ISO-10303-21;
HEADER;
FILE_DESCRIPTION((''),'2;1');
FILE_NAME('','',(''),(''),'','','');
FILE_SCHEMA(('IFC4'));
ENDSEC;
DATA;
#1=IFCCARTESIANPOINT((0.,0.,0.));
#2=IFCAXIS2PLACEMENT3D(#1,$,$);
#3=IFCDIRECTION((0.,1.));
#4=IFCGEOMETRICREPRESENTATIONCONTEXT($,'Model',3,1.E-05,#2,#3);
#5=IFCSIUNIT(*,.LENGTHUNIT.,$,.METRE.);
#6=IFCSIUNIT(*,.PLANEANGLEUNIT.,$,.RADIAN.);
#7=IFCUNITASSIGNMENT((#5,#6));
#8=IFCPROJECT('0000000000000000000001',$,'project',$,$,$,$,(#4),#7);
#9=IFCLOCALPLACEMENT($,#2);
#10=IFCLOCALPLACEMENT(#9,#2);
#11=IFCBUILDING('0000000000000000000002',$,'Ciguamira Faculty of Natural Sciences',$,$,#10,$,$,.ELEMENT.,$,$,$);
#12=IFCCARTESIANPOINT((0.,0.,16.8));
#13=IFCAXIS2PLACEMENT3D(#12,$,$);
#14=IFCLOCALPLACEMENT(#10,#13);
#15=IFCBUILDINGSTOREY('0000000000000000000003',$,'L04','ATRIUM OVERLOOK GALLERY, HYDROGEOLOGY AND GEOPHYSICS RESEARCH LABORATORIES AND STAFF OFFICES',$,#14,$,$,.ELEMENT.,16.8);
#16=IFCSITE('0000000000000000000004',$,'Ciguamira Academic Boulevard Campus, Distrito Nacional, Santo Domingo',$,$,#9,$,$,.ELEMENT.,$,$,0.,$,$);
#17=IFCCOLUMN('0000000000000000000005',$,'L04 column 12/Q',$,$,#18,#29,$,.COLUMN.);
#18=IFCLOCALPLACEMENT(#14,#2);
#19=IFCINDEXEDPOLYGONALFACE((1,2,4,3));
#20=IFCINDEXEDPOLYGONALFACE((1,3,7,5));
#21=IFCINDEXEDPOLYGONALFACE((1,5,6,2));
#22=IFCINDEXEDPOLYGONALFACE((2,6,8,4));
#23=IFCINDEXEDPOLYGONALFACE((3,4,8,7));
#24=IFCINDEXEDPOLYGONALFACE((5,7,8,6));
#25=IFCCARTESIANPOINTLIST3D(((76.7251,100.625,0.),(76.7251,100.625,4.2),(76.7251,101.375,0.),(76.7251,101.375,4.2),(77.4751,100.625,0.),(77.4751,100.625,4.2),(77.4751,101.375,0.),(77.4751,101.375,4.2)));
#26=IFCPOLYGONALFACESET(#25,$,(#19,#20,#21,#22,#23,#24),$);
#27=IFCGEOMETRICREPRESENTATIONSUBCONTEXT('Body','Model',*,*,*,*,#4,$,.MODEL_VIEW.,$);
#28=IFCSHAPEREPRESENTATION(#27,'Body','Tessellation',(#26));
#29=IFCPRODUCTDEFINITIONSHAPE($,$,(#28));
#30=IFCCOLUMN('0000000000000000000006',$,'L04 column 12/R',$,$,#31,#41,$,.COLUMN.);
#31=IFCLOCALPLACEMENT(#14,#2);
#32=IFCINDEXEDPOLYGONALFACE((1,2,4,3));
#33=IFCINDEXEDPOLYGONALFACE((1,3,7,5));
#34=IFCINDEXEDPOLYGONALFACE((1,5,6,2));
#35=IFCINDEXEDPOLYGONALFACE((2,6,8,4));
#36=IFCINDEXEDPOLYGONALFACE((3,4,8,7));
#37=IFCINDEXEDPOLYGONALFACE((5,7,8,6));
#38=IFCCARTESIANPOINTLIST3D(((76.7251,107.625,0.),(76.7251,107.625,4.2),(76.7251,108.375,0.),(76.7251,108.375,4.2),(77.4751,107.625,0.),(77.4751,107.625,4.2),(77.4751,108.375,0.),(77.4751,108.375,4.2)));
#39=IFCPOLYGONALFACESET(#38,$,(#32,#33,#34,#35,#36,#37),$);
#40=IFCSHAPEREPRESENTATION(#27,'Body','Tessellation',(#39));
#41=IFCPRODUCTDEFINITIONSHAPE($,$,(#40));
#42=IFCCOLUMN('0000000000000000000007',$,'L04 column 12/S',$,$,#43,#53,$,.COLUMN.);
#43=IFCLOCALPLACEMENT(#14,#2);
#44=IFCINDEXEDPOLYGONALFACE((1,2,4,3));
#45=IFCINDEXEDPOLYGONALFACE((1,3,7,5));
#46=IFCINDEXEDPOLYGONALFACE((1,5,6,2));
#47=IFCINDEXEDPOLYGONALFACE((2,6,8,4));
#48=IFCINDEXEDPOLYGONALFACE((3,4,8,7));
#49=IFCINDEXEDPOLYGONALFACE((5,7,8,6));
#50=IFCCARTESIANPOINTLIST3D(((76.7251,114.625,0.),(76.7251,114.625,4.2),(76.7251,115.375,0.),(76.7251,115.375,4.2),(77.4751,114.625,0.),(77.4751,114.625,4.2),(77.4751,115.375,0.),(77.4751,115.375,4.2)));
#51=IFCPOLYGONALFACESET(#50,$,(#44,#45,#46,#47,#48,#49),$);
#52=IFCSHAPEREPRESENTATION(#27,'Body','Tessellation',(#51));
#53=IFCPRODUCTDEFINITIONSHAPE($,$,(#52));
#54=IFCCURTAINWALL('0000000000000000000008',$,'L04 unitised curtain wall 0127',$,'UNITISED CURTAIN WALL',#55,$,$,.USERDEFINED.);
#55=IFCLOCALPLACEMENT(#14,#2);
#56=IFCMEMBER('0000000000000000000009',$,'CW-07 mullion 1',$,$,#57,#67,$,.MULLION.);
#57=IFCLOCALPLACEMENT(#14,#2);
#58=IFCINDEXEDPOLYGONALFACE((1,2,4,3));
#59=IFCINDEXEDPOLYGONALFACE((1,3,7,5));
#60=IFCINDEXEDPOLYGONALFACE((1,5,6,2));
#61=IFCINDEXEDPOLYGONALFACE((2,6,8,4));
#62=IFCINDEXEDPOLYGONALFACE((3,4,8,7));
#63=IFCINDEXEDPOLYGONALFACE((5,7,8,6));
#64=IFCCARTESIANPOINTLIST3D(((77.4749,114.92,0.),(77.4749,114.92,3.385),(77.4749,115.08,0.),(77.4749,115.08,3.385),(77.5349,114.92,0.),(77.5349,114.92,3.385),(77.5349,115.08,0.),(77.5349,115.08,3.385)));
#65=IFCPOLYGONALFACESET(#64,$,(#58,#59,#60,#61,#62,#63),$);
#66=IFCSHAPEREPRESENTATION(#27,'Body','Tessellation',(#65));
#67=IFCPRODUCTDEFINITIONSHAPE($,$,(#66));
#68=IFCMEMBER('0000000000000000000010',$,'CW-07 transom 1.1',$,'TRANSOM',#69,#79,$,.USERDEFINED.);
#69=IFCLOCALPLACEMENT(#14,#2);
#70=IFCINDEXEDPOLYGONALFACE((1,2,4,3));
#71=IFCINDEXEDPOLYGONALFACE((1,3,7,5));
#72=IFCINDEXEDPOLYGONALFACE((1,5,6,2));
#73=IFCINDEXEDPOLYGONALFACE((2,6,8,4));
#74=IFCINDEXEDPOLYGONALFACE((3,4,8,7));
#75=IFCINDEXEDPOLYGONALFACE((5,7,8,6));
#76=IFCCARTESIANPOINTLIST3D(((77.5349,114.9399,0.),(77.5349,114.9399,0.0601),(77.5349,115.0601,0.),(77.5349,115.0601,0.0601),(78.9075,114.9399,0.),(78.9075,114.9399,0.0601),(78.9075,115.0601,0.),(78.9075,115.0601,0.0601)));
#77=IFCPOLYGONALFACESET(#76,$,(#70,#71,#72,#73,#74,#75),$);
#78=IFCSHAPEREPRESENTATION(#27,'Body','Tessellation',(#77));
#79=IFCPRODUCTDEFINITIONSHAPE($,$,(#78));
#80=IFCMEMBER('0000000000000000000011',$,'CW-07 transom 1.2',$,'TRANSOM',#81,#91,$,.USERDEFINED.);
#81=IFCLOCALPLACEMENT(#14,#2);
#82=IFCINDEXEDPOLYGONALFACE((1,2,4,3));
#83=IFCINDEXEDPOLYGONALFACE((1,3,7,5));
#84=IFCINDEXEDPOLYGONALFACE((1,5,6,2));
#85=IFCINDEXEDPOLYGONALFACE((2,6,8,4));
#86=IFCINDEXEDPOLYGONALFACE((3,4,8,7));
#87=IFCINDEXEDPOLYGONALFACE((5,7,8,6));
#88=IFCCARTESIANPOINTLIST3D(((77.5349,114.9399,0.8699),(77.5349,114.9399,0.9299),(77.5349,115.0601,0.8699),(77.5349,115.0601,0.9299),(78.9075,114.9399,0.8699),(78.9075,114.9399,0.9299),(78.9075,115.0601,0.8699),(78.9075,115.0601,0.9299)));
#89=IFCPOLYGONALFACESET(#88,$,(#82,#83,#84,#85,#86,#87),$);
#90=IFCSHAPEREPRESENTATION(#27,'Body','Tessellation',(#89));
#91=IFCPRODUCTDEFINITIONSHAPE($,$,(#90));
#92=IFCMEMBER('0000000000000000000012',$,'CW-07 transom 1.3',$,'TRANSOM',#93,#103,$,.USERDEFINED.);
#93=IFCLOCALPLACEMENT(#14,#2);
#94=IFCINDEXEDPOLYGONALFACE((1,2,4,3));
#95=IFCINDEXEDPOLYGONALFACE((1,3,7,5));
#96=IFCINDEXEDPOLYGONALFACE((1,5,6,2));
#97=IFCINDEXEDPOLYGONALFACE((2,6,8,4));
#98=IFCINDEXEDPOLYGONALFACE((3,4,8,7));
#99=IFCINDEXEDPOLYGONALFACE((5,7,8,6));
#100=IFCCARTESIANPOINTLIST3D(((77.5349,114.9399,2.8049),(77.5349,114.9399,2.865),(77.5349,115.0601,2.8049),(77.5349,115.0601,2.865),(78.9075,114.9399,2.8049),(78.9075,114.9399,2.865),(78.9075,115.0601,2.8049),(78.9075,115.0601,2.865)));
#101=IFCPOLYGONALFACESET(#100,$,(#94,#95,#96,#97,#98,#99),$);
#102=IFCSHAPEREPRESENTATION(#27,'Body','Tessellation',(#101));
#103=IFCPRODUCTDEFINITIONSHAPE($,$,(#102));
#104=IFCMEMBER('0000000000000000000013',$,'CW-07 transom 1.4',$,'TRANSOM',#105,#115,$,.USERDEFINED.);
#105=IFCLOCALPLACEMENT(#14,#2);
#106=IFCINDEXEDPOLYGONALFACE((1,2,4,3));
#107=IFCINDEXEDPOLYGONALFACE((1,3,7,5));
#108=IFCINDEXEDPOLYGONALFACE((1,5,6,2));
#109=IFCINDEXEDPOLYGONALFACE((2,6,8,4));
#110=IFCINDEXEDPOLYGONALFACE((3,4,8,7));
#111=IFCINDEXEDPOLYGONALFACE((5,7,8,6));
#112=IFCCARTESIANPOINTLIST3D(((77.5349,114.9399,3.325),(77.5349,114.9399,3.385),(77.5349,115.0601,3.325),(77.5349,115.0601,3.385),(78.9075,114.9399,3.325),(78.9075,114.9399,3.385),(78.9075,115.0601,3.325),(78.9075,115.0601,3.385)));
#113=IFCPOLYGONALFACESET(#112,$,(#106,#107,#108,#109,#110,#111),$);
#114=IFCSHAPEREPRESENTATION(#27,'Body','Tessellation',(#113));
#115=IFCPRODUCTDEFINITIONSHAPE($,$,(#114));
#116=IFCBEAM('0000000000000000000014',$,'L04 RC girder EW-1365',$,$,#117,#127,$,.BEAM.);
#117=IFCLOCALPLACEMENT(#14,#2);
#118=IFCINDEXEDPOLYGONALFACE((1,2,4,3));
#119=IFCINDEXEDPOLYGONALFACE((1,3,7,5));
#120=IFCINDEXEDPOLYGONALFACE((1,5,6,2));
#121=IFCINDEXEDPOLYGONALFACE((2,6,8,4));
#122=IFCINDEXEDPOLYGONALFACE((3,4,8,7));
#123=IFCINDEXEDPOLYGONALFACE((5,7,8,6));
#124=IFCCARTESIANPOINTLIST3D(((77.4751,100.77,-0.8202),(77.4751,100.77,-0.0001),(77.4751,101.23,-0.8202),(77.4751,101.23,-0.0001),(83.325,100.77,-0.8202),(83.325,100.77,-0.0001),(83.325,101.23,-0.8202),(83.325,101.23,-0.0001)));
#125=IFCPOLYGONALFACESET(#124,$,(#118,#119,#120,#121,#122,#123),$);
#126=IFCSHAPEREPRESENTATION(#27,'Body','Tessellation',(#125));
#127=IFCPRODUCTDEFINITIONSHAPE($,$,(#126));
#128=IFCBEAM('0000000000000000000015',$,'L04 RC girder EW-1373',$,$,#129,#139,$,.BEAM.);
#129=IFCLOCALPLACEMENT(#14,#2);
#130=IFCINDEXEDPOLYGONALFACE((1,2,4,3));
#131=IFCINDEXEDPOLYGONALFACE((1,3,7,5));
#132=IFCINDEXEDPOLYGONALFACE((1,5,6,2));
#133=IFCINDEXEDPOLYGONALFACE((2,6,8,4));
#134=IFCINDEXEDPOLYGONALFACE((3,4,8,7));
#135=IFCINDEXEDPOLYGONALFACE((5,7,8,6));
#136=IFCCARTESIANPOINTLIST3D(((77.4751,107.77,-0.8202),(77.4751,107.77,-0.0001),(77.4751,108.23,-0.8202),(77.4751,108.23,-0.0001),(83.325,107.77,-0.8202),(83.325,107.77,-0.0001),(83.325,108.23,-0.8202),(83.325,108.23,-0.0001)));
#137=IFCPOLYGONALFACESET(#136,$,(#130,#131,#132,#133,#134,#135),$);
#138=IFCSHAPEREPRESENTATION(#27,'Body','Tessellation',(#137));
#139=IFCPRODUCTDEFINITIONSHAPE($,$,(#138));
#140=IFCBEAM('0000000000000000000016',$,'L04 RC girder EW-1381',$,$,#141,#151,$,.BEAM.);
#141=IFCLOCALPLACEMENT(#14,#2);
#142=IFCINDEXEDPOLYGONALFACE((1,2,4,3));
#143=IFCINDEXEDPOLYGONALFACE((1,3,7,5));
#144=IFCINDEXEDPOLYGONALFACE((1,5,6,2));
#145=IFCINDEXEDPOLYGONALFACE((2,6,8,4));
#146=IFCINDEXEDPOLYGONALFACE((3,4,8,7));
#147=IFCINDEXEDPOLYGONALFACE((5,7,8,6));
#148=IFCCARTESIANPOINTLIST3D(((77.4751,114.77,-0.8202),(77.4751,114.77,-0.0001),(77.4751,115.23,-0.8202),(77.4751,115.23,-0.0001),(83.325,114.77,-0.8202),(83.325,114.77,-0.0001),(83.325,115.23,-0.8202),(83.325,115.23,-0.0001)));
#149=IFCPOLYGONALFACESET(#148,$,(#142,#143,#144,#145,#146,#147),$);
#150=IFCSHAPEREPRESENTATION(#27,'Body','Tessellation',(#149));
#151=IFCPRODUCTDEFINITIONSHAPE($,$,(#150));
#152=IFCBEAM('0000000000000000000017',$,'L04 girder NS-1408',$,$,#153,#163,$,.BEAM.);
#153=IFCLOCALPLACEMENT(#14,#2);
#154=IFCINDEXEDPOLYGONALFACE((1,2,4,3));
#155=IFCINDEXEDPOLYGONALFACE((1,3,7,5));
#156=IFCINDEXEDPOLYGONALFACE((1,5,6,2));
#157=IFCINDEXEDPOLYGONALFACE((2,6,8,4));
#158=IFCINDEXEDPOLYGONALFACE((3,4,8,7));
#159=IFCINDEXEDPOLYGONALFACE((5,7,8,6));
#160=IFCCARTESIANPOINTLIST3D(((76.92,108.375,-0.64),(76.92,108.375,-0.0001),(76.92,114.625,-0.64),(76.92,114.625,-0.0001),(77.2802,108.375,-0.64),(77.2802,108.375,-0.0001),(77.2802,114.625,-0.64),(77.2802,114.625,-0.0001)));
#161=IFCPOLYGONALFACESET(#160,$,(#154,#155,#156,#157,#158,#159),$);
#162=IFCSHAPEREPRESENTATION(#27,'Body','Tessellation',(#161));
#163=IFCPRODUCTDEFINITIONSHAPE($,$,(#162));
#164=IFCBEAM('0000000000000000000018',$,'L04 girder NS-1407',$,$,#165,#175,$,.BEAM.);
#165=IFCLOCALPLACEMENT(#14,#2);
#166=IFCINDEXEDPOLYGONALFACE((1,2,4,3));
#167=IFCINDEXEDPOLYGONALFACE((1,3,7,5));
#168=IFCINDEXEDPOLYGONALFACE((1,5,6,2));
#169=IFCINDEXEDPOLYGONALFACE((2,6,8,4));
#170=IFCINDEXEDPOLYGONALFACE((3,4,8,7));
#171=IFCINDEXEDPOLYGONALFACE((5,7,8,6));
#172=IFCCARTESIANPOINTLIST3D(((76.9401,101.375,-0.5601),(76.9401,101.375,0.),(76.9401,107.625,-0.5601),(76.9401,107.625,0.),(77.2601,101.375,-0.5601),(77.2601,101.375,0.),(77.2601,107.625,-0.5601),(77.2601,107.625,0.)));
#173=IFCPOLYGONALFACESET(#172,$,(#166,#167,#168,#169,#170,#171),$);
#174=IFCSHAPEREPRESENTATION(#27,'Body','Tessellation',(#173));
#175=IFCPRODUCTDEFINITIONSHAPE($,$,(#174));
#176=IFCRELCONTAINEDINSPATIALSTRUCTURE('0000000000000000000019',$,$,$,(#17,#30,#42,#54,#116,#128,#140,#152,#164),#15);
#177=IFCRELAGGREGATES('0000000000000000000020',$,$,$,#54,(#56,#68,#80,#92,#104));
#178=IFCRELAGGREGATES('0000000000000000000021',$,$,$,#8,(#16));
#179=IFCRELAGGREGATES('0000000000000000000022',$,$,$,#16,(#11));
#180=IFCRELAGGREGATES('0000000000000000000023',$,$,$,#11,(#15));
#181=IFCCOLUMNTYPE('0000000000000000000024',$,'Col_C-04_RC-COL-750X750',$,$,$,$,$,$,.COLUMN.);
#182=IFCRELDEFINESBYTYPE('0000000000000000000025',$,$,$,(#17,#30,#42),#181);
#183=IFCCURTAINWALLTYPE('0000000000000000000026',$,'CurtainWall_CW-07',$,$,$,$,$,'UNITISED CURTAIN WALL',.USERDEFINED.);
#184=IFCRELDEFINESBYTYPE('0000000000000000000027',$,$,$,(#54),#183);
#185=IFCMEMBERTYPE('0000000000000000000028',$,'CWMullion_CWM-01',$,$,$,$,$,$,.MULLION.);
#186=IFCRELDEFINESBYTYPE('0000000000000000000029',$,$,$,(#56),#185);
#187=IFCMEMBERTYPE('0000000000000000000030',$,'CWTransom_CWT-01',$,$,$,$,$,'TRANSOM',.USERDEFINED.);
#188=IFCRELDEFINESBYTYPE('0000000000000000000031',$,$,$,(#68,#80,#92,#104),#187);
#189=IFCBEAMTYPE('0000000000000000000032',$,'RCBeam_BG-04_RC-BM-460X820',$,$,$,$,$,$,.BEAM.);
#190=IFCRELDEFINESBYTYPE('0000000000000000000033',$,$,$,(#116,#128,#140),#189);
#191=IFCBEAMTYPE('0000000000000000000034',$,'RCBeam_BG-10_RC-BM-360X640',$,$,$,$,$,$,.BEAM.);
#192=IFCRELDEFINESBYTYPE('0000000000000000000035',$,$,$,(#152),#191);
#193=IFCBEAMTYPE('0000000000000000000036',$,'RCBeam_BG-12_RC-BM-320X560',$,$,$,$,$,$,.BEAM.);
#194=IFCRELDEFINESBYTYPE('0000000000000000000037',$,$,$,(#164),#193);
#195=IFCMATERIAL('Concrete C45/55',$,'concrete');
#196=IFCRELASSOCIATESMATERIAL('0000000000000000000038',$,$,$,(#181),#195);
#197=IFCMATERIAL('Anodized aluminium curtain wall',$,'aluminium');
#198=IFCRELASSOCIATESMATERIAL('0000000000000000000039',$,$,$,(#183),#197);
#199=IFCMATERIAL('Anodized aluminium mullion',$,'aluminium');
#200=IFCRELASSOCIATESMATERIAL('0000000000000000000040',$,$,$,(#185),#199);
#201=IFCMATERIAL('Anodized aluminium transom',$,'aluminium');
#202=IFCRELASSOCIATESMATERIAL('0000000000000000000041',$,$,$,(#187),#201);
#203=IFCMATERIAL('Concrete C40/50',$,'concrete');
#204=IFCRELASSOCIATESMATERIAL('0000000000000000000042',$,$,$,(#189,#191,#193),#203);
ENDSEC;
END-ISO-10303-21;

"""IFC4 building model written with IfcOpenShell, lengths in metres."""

from ifc_helpers import new_model, si_unit, direction, frame, origin, origin_2d, place, context, subcontext, project, spatial, rectangle, extrude, material, material_profile, profile_set, type_object, element, aggregate, save


model = new_model("IFC4")

# Units and contexts
model_context = context("Model", 3, precision=1e-05, world=origin(), true_north=direction((0.0, 1.0)))
body_context = subcontext(model_context, "Body", "Model", "MODEL_VIEW")
ifc_project = project(units=[si_unit("LENGTHUNIT", "METRE"), si_unit("PLANEANGLEUNIT", "RADIAN")], contexts=[model_context])

# Site, building, storey
site_placement = place(None, origin())
site = spatial("IfcSite", under=ifc_project, at=site_placement, Name="Ciguamira Academic Boulevard Campus, Distrito Nacional, Santo Domingo", CompositionType="ELEMENT", RefElevation=0.0)
building_placement = place(site_placement, origin())
building = spatial("IfcBuilding", under=site, at=building_placement, Name="Ciguamira Faculty of Natural Sciences", CompositionType="ELEMENT")
storey_placement = place(building_placement, frame((0.0, 0.0, 16.8)))
storey = spatial("IfcBuildingStorey", under=building, at=storey_placement, Name="L04", Description="ATRIUM OVERLOOK GALLERY, HYDROGEOLOGY AND GEOPHYSICS RESEARCH LABORATORIES AND STAFF OFFICES", CompositionType="ELEMENT", Elevation=16.8)

# Columns
ifc_material_1 = material(Name="Concrete C45/55", Category="concrete")
ifc_material_profile_1 = material_profile(ifc_material_1, rectangle(XDim=0.75, YDim=0.75, at=origin_2d()), Name="RC-COL-750X750")
ifc_profile_set_1 = profile_set([ifc_material_profile_1], Name="Concrete C45/55")
column_type = type_object("IfcColumnType", Name="Col_C-04_RC-COL-750X750", PredefinedType="COLUMN", material=ifc_profile_set_1)
for number, where, z_axis, x_axis, name in (
    (1, (77.1001, 101.0, 0.0), (0.0, 0.0, 1.0), (1.0, 0.0, 0.0), "L04 column 12/Q"),
    (2, (77.1001, 108.0, 0.0), (0.0, 0.0, 1.0), (1.0, 0.0, 0.0), "L04 column 12/R"),
    (3, (77.1001, 115.0, 0.0), (0.0, 0.0, 1.0), (1.0, 0.0, 0.0), "L04 column 12/S"),
):
    element("IfcColumn", number, at=place(storey_placement, frame(where, z_axis=z_axis, x_axis=x_axis)), inside=storey, type_object=column_type, Name=name, PredefinedType="COLUMN", context=body_context, shape_type="SweptSolid", body=[
        extrude(rectangle(XDim=0.75, YDim=0.75, at=origin_2d()), origin(), (0.0, 0.0, 1.0), 4.2),
    ])

# Curtain wall, members
ifc_material_2 = material(Name="Anodized aluminium curtain wall", Category="aluminium")
curtain_wall_type = type_object("IfcCurtainWallType", Name="CurtainWall_CW-07", ElementType="UNITISED CURTAIN WALL", PredefinedType="USERDEFINED", material=ifc_material_2)
curtain_wall_placement = place(storey_placement, origin())
curtain_wall = element("IfcCurtainWall", 4, at=curtain_wall_placement, inside=storey, type_object=curtain_wall_type, Name="L04 unitised curtain wall 0127", ObjectType="UNITISED CURTAIN WALL", PredefinedType="USERDEFINED")
ifc_material_3 = material(Name="Anodized aluminium mullion", Category="aluminium")
ifc_material_profile_2 = material_profile(ifc_material_3, rectangle(XDim=0.0601, YDim=0.1599, at=origin_2d()), Name="ALU-MUL-60X160")
ifc_profile_set_2 = profile_set([ifc_material_profile_2], Name="Anodized aluminium mullion")
member_type_1 = type_object("IfcMemberType", Name="CWMullion_CWM-01", PredefinedType="MULLION", material=ifc_profile_set_2)
member_1_placement = place(storey_placement, frame((77.5049, 115.0, 0.0), z_axis=(0.0, 0.0, 1.0), x_axis=(1.0, 0.0, 0.0)))
member_1 = element("IfcMember", 5, at=member_1_placement, type_object=member_type_1, Name="CW-07 mullion 1", PredefinedType="MULLION", context=body_context, shape_type="SweptSolid", body=[
    extrude(rectangle(XDim=0.0601, YDim=0.1599, at=origin_2d()), origin(), (0.0, 0.0, 1.0), 3.385),
])
ifc_material_4 = material(Name="Anodized aluminium transom", Category="aluminium")
ifc_material_profile_3 = material_profile(ifc_material_4, rectangle(XDim=0.0601, YDim=0.1201, at=origin_2d()), Name="ALU-TRN-60X120")
ifc_profile_set_3 = profile_set([ifc_material_profile_3], Name="Anodized aluminium transom")
member_type_2 = type_object("IfcMemberType", Name="CWTransom_CWT-01", ElementType="TRANSOM", PredefinedType="USERDEFINED", material=ifc_profile_set_3)
member_2_placement = place(storey_placement, frame((77.5349, 115.0, 0.03), z_axis=(1.0, 0.0, 0.0), x_axis=(0.0, 0.0, 1.0)))
member_2 = element("IfcMember", 6, at=member_2_placement, type_object=member_type_2, Name="CW-07 transom 1.1", ObjectType="TRANSOM", PredefinedType="USERDEFINED", context=body_context, shape_type="SweptSolid", body=[
    extrude(rectangle(XDim=0.0601, YDim=0.1201, at=origin_2d()), origin(), (0.0, 0.0, 1.0), 1.3726),
])
member_3_placement = place(storey_placement, frame((77.5349, 115.0, 0.8999), z_axis=(1.0, 0.0, 0.0), x_axis=(0.0, 0.0, 1.0)))
member_3 = element("IfcMember", 7, at=member_3_placement, type_object=member_type_2, Name="CW-07 transom 1.2", ObjectType="TRANSOM", PredefinedType="USERDEFINED", context=body_context, shape_type="SweptSolid", body=[
    extrude(rectangle(XDim=0.0601, YDim=0.1201, at=origin_2d()), origin(), (0.0, 0.0, 1.0), 1.3726),
])
member_4_placement = place(storey_placement, frame((77.5349, 115.0, 2.835), z_axis=(1.0, 0.0, 0.0), x_axis=(0.0, 0.0, 1.0)))
member_4 = element("IfcMember", 8, at=member_4_placement, type_object=member_type_2, Name="CW-07 transom 1.3", ObjectType="TRANSOM", PredefinedType="USERDEFINED", context=body_context, shape_type="SweptSolid", body=[
    extrude(rectangle(XDim=0.0601, YDim=0.1201, at=origin_2d()), origin(), (0.0, 0.0, 1.0), 1.3726),
])
member_5_placement = place(storey_placement, frame((77.5349, 115.0, 3.355), z_axis=(1.0, 0.0, 0.0), x_axis=(0.0, 0.0, 1.0)))
member_5 = element("IfcMember", 9, at=member_5_placement, type_object=member_type_2, Name="CW-07 transom 1.4", ObjectType="TRANSOM", PredefinedType="USERDEFINED", context=body_context, shape_type="SweptSolid", body=[
    extrude(rectangle(XDim=0.0601, YDim=0.1201, at=origin_2d()), origin(), (0.0, 0.0, 1.0), 1.3726),
])
aggregate(curtain_wall, [member_1, member_2, member_3, member_4, member_5])

# Beams
ifc_material_5 = material(Name="Concrete C40/50", Category="concrete")
ifc_material_profile_4 = material_profile(ifc_material_5, rectangle(XDim=0.46, YDim=0.8201, at=origin_2d()), Name="RC-BM-460X820")
ifc_profile_set_4 = profile_set([ifc_material_profile_4], Name="Concrete C40/50")
beam_type_1 = type_object("IfcBeamType", Name="RCBeam_BG-04_RC-BM-460X820", PredefinedType="BEAM", material=ifc_profile_set_4)
for number, where, z_axis, x_axis, name in (
    (10, (77.4751, 101.0, -0.4102), (1.0, 0.0, 0.0), (0.0, 1.0, 0.0), "L04 RC girder EW-1365"),
    (11, (77.4751, 108.0, -0.4102), (1.0, 0.0, 0.0), (0.0, 1.0, 0.0), "L04 RC girder EW-1373"),
    (12, (77.4751, 115.0, -0.4102), (1.0, 0.0, 0.0), (0.0, 1.0, 0.0), "L04 RC girder EW-1381"),
):
    element("IfcBeam", number, at=place(storey_placement, frame(where, z_axis=z_axis, x_axis=x_axis)), inside=storey, type_object=beam_type_1, Name=name, PredefinedType="BEAM", context=body_context, shape_type="SweptSolid", body=[
        extrude(rectangle(XDim=0.46, YDim=0.8201, at=origin_2d()), origin(), (0.0, 0.0, 1.0), 5.8499),
    ])
ifc_material_profile_5 = material_profile(ifc_material_5, rectangle(XDim=0.3601, YDim=0.6399, at=origin_2d()), Name="RC-BM-360X640")
ifc_profile_set_5 = profile_set([ifc_material_profile_5], Name="Concrete C40/50")
beam_type_2 = type_object("IfcBeamType", Name="RCBeam_BG-10_RC-BM-360X640", PredefinedType="BEAM", material=ifc_profile_set_5)
beam_1_placement = place(storey_placement, frame((77.1001, 108.375, -0.3201), z_axis=(0.0, 1.0, 0.0), x_axis=(-1.0, 0.0, 0.0)))
element("IfcBeam", 13, at=beam_1_placement, inside=storey, type_object=beam_type_2, Name="L04 girder NS-1408", PredefinedType="BEAM", context=body_context, shape_type="SweptSolid", body=[
    extrude(rectangle(XDim=0.3601, YDim=0.6399, at=origin_2d()), origin(), (0.0, 0.0, 1.0), 6.25),
])
ifc_material_profile_6 = material_profile(ifc_material_5, rectangle(XDim=0.3201, YDim=0.5601, at=origin_2d()), Name="RC-BM-320X560")
ifc_profile_set_6 = profile_set([ifc_material_profile_6], Name="Concrete C40/50")
beam_type_3 = type_object("IfcBeamType", Name="RCBeam_BG-12_RC-BM-320X560", PredefinedType="BEAM", material=ifc_profile_set_6)
beam_2_placement = place(storey_placement, frame((77.1001, 101.375, -0.28), z_axis=(0.0, 1.0, 0.0), x_axis=(-1.0, 0.0, 0.0)))
element("IfcBeam", 14, at=beam_2_placement, inside=storey, type_object=beam_type_3, Name="L04 girder NS-1407", PredefinedType="BEAM", context=body_context, shape_type="SweptSolid", body=[
    extrude(rectangle(XDim=0.3201, YDim=0.5601, at=origin_2d()), origin(), (0.0, 0.0, 1.0), 6.25),
])

save(model, "model.ifc")
